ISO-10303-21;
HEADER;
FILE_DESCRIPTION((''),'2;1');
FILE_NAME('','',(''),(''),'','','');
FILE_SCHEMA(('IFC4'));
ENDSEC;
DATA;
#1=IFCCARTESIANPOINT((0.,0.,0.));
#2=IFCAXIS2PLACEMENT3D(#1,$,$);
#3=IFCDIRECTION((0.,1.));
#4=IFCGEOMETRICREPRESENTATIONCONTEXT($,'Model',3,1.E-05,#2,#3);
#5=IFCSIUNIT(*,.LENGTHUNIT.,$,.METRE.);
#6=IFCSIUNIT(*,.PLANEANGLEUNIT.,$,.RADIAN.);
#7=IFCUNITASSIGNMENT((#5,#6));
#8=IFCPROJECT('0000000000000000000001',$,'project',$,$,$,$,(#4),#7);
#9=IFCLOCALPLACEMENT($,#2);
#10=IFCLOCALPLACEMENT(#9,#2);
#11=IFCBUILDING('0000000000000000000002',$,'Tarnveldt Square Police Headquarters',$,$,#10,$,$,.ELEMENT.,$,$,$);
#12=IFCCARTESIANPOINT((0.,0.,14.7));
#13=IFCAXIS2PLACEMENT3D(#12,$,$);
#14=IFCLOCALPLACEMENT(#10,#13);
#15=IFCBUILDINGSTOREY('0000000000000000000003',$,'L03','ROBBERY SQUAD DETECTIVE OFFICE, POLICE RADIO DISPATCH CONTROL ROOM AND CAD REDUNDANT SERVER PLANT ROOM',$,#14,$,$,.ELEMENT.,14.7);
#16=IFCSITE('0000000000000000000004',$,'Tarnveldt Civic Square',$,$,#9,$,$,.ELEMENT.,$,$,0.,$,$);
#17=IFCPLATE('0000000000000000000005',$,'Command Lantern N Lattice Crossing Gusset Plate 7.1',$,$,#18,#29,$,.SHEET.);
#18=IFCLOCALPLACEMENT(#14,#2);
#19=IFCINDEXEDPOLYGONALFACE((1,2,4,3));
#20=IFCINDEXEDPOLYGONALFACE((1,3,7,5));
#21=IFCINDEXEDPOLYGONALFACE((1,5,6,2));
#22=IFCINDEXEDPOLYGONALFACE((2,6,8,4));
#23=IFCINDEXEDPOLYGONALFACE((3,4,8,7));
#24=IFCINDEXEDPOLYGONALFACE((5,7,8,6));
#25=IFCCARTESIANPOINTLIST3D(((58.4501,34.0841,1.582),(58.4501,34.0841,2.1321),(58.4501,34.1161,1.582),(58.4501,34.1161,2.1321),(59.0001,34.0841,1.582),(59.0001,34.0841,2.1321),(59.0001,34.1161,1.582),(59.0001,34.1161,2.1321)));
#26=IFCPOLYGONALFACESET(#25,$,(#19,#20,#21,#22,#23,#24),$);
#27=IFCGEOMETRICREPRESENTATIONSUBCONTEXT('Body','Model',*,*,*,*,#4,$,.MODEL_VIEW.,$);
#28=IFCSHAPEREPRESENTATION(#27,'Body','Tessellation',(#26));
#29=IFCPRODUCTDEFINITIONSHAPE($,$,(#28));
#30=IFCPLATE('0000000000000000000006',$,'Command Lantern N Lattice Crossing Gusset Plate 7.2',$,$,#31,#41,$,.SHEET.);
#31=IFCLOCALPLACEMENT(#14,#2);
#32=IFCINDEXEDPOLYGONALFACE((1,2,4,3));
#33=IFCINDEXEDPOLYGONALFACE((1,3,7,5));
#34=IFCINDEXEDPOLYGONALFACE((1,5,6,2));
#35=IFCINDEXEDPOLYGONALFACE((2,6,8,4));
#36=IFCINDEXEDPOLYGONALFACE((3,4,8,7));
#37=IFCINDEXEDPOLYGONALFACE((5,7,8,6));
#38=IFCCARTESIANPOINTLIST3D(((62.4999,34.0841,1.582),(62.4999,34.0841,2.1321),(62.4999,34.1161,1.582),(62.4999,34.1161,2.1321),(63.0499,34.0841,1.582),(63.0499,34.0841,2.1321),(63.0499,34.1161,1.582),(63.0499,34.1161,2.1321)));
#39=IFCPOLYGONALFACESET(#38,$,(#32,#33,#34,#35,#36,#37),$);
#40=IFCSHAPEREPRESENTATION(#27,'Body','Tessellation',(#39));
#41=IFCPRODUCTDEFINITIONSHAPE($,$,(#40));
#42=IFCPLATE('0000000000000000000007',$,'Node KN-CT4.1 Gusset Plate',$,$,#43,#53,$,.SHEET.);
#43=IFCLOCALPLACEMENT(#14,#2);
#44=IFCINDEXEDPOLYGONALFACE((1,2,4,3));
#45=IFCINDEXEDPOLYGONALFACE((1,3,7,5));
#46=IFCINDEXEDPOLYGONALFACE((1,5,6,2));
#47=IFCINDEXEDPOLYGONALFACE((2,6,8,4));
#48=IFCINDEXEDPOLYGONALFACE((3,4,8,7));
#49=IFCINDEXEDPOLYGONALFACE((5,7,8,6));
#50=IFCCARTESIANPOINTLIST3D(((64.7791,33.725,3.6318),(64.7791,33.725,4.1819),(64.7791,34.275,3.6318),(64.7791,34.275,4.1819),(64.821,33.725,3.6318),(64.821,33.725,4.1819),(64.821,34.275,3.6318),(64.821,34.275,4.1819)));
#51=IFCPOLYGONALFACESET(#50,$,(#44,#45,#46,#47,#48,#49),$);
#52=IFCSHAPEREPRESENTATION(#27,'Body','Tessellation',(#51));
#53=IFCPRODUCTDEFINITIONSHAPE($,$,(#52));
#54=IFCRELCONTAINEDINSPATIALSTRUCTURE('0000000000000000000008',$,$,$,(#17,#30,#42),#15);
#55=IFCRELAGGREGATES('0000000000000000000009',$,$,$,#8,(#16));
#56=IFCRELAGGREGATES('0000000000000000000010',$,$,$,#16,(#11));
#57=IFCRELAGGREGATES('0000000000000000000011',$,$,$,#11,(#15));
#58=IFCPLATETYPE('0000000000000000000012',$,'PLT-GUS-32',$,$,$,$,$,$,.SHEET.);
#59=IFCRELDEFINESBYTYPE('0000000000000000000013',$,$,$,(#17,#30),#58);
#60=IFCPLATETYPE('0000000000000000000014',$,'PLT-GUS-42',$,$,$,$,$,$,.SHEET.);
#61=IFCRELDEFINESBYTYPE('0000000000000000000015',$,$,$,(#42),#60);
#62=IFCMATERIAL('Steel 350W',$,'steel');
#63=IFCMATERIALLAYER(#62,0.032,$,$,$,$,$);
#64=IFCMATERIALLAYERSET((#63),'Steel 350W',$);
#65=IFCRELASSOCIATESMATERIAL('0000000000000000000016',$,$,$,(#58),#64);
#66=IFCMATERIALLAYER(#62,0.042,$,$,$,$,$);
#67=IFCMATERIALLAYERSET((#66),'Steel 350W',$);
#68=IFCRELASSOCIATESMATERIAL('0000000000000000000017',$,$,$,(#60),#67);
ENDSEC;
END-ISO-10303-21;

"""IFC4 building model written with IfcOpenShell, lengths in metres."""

from ifc_helpers import new_model, si_unit, direction, frame, origin, origin_2d, place, context, subcontext, project, spatial, rectangle, extrude, material, layer, layer_set, type_object, element, save


model = new_model("IFC4")

# Units and contexts
model_context = context("Model", 3, precision=1e-05, world=origin(), true_north=direction((0.0, 1.0)))
body_context = subcontext(model_context, "Body", "Model", "MODEL_VIEW")
ifc_project = project(units=[si_unit("LENGTHUNIT", "METRE"), si_unit("PLANEANGLEUNIT", "RADIAN")], contexts=[model_context])

# Site, building, storey
site_placement = place(None, origin())
site = spatial("IfcSite", under=ifc_project, at=site_placement, Name="Tarnveldt Civic Square", CompositionType="ELEMENT", RefElevation=0.0)
building_placement = place(site_placement, origin())
building = spatial("IfcBuilding", under=site, at=building_placement, Name="Tarnveldt Square Police Headquarters", CompositionType="ELEMENT")
storey_placement = place(building_placement, frame((0.0, 0.0, 14.7)))
storey = spatial("IfcBuildingStorey", under=building, at=storey_placement, Name="L03", Description="ROBBERY SQUAD DETECTIVE OFFICE, POLICE RADIO DISPATCH CONTROL ROOM AND CAD REDUNDANT SERVER PLANT ROOM", CompositionType="ELEMENT", Elevation=14.7)

# Shared definitions
ifc_material_1 = material(Name="Steel 350W", Category="steel")

# Plates
ifc_layer_1 = layer(ifc_material_1, 0.032)
ifc_layer_set_1 = layer_set([ifc_layer_1], Name="Steel 350W")
plate_type_1 = type_object("IfcPlateType", Name="PLT-GUS-32", PredefinedType="SHEET", material=ifc_layer_set_1)
for number, where, z_axis, x_axis, name in (
    (1, (58.7251, 34.1001, 1.582), (0.0, 0.0, 1.0), (1.0, 0.0, 0.0), "Command Lantern N Lattice Crossing Gusset Plate 7.1"),
    (2, (62.7749, 34.1001, 1.582), (0.0, 0.0, 1.0), (1.0, 0.0, 0.0), "Command Lantern N Lattice Crossing Gusset Plate 7.2"),
):
    element("IfcPlate", number, at=place(storey_placement, frame(where, z_axis=z_axis, x_axis=x_axis)), inside=storey, type_object=plate_type_1, Name=name, PredefinedType="SHEET", context=body_context, shape_type="SweptSolid", body=[
        extrude(rectangle(XDim=0.55, YDim=0.032, at=origin_2d()), origin(), (0.0, 0.0, 1.0), 0.55),
    ])
ifc_layer_2 = layer(ifc_material_1, 0.042)
ifc_layer_set_2 = layer_set([ifc_layer_2], Name="Steel 350W")
plate_type_2 = type_object("IfcPlateType", Name="PLT-GUS-42", PredefinedType="SHEET", material=ifc_layer_set_2)
plate_1_placement = place(storey_placement, frame((64.8, 34.0, 3.6318), z_axis=(0.0, 0.0, 1.0), x_axis=(1.0, 0.0, 0.0)))
element("IfcPlate", 3, at=plate_1_placement, inside=storey, type_object=plate_type_2, Name="Node KN-CT4.1 Gusset Plate", PredefinedType="SHEET", context=body_context, shape_type="SweptSolid", body=[
    extrude(rectangle(XDim=0.042, YDim=0.55, at=origin_2d()), origin(), (0.0, 0.0, 1.0), 0.55),
])

save(model, "model.ifc")
